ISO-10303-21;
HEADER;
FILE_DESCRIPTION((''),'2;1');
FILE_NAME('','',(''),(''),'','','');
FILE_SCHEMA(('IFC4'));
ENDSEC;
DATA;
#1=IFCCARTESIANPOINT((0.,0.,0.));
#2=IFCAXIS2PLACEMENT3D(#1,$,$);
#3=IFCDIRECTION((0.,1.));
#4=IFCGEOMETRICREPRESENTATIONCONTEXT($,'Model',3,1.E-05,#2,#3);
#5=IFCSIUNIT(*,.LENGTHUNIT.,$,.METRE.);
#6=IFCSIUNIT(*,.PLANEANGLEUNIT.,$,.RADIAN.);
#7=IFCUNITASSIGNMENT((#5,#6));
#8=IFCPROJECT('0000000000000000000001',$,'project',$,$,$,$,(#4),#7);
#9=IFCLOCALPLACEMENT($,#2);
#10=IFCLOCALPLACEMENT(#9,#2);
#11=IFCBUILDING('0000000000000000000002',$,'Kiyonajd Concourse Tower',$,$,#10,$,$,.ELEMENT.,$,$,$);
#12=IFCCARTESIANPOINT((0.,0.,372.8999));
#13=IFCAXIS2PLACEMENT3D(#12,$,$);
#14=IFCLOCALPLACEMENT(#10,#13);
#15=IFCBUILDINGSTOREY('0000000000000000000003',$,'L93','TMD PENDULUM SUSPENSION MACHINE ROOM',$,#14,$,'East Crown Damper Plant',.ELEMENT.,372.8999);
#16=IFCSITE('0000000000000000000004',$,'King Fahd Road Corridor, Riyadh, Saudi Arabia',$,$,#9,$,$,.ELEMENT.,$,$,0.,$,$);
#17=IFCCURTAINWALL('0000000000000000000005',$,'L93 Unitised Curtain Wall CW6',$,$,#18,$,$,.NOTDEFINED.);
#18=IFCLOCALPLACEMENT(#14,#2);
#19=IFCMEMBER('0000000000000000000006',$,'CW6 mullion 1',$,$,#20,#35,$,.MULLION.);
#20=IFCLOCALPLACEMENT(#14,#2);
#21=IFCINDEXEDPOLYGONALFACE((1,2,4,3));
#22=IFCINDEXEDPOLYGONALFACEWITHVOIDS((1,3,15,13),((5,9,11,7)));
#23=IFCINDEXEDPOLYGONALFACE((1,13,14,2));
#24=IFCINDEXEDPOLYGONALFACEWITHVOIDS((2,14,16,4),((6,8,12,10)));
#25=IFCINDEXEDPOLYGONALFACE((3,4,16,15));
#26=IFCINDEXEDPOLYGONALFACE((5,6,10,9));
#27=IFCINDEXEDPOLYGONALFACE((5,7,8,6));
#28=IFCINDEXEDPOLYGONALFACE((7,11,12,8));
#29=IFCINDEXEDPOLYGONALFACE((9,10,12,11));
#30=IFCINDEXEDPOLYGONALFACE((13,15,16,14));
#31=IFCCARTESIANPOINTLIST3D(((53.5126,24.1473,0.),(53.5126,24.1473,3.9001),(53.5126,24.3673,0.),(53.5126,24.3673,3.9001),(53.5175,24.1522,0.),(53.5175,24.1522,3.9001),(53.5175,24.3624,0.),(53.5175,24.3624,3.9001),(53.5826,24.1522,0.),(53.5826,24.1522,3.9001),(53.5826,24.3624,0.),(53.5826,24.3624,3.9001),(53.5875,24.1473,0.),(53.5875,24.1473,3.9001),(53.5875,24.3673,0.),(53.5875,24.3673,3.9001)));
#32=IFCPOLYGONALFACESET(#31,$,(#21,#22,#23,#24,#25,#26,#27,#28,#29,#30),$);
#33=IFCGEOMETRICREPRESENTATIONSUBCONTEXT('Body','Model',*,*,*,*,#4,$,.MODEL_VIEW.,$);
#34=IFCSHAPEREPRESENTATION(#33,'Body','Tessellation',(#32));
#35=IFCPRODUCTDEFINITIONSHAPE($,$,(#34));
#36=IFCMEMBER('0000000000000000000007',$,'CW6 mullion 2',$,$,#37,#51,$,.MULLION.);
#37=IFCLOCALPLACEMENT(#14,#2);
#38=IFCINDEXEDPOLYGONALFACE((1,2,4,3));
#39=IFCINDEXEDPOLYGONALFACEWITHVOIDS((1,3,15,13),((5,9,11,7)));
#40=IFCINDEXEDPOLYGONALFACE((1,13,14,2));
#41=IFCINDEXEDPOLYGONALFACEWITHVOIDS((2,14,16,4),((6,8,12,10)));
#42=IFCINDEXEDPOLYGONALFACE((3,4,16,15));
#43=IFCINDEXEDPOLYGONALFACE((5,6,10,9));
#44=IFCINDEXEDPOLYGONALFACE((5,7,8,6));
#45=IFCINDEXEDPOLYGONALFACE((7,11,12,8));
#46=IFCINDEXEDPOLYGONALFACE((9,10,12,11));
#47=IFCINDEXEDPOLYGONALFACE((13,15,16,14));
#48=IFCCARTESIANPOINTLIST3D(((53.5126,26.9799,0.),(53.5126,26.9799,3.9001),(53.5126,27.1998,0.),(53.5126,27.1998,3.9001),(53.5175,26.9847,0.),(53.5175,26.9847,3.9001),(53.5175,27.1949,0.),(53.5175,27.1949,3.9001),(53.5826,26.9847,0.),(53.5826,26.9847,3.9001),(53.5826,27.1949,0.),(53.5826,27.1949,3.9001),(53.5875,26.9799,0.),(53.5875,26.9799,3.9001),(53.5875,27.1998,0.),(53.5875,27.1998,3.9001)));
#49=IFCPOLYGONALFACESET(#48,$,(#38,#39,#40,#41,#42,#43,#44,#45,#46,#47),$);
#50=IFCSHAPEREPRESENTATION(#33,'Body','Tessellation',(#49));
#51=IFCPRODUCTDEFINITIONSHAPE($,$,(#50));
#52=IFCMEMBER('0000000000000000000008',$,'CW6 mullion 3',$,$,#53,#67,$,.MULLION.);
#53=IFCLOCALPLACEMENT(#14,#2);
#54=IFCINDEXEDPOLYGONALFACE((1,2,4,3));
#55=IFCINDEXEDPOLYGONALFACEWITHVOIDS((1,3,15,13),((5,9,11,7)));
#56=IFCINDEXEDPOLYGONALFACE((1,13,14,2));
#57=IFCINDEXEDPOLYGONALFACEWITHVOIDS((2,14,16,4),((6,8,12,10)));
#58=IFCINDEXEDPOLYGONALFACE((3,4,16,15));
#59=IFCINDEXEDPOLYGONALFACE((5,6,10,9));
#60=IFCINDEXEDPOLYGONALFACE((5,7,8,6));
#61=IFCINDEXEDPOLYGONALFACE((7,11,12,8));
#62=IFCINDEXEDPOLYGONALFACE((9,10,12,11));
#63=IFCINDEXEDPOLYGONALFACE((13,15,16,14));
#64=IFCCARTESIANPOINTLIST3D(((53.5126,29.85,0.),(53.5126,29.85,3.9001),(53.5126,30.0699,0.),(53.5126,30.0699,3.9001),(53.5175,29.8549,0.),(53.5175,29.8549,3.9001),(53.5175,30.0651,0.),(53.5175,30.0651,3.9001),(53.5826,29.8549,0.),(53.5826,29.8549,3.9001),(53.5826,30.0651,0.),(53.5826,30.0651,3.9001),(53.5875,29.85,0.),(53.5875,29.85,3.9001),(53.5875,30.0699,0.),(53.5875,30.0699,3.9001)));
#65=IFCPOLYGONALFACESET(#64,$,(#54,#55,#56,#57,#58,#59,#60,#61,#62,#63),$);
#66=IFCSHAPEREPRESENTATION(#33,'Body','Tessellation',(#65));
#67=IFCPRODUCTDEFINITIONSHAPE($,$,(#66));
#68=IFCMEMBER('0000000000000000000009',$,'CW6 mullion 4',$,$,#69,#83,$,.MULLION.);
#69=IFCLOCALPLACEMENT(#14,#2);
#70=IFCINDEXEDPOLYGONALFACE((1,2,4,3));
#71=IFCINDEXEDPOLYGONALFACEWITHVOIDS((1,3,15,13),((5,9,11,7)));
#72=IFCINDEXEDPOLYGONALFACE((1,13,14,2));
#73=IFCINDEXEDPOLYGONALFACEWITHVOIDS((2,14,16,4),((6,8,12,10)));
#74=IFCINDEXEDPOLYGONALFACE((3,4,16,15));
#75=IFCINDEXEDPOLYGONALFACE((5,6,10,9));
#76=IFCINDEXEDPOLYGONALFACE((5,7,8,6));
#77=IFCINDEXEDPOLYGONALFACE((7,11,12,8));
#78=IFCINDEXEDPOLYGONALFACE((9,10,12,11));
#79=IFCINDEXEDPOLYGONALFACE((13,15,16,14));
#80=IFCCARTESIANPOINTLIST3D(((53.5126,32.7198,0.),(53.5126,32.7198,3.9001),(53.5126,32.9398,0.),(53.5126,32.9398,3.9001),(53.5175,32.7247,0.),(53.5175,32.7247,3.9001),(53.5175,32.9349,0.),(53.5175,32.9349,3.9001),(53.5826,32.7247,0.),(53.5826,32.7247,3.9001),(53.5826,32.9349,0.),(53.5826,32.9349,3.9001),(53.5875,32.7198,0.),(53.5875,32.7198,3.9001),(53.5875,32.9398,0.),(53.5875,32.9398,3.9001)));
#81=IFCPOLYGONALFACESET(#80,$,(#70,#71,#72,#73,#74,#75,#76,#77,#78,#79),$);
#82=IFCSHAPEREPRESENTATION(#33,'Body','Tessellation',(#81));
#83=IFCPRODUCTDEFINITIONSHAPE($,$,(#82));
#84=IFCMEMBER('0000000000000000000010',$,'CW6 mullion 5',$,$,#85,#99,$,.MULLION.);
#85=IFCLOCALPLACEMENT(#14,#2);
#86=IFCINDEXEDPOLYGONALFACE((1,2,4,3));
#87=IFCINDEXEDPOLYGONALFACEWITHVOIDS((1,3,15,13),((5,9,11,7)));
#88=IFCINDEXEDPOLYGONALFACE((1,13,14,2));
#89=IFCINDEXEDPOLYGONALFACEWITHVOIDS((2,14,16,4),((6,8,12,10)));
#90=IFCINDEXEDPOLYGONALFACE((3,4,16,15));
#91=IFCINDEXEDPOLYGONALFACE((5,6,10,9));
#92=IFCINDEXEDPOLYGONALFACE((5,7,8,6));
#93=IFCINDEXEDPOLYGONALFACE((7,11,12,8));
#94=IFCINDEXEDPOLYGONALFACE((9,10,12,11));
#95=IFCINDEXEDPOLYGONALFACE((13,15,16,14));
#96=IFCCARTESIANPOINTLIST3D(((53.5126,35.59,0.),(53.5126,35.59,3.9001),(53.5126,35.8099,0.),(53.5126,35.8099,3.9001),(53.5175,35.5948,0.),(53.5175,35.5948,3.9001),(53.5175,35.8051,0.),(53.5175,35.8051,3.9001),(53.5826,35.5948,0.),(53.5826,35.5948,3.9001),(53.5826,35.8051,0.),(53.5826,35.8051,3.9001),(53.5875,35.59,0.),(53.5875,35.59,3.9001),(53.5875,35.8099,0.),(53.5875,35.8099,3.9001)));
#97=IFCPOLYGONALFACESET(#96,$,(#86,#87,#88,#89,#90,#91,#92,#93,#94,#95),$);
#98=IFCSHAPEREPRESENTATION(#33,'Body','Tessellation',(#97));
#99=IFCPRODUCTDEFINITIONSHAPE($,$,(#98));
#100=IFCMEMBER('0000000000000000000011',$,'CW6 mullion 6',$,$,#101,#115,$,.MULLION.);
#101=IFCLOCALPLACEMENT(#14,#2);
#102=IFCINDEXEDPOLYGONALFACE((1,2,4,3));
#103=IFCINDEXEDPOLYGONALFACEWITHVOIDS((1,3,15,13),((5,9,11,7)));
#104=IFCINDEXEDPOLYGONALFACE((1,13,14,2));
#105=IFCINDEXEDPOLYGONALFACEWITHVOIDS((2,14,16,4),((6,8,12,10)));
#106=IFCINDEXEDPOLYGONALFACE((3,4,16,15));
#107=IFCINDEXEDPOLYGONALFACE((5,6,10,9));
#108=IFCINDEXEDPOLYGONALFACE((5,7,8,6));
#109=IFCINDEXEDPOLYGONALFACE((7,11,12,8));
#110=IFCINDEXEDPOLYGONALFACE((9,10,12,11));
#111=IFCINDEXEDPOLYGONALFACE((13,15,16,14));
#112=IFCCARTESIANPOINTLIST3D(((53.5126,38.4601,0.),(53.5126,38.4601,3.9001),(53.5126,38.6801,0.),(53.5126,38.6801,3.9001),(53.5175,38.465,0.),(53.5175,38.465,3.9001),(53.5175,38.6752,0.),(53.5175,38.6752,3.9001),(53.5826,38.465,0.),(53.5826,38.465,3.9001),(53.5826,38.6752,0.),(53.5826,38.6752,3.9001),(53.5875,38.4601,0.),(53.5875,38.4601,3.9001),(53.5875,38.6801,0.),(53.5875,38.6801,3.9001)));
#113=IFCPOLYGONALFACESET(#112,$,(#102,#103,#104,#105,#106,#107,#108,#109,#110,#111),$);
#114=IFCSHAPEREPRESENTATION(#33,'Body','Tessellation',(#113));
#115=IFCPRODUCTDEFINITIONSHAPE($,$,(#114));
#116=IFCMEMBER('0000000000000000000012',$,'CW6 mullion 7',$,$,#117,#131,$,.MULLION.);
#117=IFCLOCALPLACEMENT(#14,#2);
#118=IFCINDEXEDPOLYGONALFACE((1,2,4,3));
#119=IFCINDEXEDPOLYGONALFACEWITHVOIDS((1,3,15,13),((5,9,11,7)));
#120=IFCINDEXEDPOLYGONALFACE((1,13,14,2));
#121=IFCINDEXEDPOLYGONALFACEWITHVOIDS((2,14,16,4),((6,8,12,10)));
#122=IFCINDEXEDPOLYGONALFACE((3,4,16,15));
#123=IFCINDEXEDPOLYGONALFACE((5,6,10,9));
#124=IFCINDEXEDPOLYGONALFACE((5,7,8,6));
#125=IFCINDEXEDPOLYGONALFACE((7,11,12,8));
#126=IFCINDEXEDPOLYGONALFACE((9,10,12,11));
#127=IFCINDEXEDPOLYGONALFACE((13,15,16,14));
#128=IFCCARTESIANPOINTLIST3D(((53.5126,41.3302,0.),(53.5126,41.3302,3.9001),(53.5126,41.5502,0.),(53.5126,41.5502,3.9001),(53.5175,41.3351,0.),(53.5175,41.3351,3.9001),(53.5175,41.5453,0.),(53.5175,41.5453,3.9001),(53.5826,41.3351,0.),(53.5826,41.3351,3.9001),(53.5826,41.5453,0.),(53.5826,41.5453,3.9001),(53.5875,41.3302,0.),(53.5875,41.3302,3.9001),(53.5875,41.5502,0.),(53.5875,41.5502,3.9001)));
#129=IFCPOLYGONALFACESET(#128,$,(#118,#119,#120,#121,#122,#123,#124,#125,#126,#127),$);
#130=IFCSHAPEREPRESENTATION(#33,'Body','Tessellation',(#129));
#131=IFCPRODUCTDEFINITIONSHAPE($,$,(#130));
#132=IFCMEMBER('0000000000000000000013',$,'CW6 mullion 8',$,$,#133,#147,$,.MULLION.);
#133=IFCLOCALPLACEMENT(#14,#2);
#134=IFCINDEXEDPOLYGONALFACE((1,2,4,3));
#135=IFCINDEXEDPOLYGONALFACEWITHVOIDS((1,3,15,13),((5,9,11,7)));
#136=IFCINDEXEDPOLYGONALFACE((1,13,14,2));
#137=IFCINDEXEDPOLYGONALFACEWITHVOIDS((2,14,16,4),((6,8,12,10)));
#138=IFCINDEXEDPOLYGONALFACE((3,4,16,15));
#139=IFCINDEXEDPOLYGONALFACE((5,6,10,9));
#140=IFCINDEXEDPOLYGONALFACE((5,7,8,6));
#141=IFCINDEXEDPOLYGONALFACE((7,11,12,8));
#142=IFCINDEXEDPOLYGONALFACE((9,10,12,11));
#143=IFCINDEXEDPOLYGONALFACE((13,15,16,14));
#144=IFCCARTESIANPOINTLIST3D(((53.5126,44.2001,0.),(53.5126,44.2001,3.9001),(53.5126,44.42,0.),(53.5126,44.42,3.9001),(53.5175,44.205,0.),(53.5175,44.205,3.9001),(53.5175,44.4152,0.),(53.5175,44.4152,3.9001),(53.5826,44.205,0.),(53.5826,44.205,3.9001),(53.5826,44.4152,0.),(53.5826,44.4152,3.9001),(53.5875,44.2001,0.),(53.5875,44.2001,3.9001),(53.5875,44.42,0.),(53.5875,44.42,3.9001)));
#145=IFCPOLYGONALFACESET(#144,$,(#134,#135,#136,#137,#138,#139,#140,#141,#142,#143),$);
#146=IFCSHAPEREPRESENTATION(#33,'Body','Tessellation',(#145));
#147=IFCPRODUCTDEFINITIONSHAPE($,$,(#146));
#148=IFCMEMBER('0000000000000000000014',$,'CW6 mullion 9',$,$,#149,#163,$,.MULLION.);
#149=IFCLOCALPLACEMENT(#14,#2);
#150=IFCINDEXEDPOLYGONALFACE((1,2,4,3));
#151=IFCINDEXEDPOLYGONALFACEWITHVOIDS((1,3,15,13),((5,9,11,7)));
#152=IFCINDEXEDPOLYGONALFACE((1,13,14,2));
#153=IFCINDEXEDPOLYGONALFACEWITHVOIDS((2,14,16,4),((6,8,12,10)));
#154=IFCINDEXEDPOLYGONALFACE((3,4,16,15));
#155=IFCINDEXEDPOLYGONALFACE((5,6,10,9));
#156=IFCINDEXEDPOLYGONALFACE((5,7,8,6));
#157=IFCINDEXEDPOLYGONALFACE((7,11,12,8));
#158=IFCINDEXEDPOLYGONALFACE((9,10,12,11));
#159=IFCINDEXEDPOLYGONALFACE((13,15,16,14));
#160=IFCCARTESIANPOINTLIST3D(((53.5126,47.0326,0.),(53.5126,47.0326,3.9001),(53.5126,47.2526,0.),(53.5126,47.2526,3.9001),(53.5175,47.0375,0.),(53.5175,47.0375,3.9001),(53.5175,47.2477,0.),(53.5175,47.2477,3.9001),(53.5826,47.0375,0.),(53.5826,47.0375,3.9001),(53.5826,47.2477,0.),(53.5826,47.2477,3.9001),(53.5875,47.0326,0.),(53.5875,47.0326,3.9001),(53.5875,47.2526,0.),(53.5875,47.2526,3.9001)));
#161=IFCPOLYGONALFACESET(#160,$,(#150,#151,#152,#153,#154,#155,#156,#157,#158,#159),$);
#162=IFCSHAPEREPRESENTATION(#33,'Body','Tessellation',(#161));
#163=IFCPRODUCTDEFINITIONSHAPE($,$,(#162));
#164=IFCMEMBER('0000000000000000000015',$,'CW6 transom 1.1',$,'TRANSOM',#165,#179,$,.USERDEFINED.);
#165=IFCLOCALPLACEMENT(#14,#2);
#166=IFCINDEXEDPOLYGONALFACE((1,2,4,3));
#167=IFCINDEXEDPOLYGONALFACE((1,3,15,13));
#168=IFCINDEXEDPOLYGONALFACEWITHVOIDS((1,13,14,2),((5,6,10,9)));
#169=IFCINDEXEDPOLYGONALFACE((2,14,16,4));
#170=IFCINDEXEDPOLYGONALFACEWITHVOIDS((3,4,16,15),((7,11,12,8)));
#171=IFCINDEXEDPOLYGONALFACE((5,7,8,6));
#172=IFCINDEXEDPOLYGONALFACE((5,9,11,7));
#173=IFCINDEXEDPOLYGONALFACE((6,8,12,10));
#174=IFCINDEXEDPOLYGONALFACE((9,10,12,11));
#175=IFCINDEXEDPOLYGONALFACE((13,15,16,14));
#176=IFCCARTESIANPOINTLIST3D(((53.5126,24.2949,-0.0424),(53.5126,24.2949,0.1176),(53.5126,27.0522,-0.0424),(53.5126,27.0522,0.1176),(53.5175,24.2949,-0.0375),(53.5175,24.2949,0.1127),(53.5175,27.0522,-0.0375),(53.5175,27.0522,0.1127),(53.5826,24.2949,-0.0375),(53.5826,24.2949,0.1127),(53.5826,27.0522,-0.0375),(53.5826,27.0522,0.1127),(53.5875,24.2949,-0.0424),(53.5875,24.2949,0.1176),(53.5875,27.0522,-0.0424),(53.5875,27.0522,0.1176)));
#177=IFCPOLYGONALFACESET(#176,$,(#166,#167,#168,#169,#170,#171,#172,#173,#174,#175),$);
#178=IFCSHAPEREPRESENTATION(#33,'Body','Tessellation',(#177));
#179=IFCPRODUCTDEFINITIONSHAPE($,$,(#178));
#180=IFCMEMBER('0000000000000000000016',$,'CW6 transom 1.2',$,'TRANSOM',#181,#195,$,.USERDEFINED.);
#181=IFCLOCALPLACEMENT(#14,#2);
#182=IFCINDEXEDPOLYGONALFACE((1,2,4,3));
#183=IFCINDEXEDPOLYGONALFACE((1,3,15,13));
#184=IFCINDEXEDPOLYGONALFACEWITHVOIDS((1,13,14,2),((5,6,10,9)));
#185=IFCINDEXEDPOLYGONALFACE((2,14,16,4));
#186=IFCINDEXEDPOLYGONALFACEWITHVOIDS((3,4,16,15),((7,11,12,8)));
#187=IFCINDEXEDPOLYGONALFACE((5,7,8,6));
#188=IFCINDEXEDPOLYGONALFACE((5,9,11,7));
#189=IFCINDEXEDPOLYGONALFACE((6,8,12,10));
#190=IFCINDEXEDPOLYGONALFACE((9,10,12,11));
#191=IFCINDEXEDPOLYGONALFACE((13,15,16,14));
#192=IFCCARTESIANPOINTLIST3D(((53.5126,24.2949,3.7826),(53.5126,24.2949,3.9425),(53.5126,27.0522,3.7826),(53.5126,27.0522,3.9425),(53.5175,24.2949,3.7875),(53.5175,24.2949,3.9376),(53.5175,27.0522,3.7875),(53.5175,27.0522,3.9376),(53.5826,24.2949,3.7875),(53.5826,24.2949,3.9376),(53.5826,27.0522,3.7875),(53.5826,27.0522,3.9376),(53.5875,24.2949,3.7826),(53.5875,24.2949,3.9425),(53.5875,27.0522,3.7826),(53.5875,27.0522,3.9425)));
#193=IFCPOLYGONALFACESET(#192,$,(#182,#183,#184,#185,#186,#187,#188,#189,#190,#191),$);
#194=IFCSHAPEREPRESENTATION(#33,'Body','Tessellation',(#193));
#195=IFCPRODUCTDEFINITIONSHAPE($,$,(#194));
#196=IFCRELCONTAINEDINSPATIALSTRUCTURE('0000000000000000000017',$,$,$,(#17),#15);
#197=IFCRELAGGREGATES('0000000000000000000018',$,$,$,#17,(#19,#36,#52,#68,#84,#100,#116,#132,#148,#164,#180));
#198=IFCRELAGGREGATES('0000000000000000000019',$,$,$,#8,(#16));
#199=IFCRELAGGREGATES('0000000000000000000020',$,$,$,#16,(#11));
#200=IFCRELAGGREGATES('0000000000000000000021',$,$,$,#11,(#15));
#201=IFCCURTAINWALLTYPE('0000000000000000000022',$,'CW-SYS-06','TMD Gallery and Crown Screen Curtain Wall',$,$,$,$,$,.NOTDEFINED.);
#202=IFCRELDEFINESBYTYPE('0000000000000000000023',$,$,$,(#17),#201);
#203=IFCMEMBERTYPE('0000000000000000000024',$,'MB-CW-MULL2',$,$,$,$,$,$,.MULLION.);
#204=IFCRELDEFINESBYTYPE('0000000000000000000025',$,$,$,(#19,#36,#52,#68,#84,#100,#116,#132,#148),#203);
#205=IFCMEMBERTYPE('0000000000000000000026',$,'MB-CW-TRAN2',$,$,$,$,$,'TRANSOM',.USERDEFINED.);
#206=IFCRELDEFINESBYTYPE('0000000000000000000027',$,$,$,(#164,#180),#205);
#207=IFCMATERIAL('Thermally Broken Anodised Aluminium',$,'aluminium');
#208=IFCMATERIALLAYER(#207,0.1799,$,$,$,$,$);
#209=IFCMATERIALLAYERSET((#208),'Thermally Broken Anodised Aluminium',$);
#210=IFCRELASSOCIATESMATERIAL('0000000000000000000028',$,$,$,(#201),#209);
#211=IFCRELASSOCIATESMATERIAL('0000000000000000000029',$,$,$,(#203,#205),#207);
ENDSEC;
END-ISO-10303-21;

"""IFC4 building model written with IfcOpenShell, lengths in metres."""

from ifc_helpers import new_model, si_unit, direction, frame, origin, origin_2d, place, context, subcontext, project, spatial, hollow_rectangle, extrude, material, layer, layer_set, material_profile, profile_set, type_object, element, aggregate, save


model = new_model("IFC4")

# Units and contexts
model_context = context("Model", 3, precision=1e-05, world=origin(), true_north=direction((0.0, 1.0)))
body_context = subcontext(model_context, "Body", "Model", "MODEL_VIEW")
ifc_project = project(units=[si_unit("LENGTHUNIT", "METRE"), si_unit("PLANEANGLEUNIT", "RADIAN")], contexts=[model_context])

# Site, building, storey
site_placement = place(None, origin())
site = spatial("IfcSite", under=ifc_project, at=site_placement, Name="King Fahd Road Corridor, Riyadh, Saudi Arabia", CompositionType="ELEMENT", RefElevation=0.0)
building_placement = place(site_placement, origin())
building = spatial("IfcBuilding", under=site, at=building_placement, Name="Kiyonajd Concourse Tower", CompositionType="ELEMENT")
storey_placement = place(building_placement, frame((0.0, 0.0, 372.8999)))
storey = spatial("IfcBuildingStorey", under=building, at=storey_placement, Name="L93", Description="TMD PENDULUM SUSPENSION MACHINE ROOM", LongName="East Crown Damper Plant", CompositionType="ELEMENT", Elevation=372.8999)

# Curtain wall, members
ifc_material_1 = material(Name="Thermally Broken Anodised Aluminium", Category="aluminium")
ifc_layer_1 = layer(ifc_material_1, 0.1799)
ifc_layer_set_1 = layer_set([ifc_layer_1], Name="Thermally Broken Anodised Aluminium")
curtain_wall_type = type_object("IfcCurtainWallType", Name="CW-SYS-06", Description="TMD Gallery and Crown Screen Curtain Wall", PredefinedType="NOTDEFINED", material=ifc_layer_set_1)
curtain_wall_placement = place(storey_placement, origin())
curtain_wall = element("IfcCurtainWall", 1, at=curtain_wall_placement, inside=storey, type_object=curtain_wall_type, Name="L93 Unitised Curtain Wall CW6", PredefinedType="NOTDEFINED")
ifc_material_profile_1 = material_profile(ifc_material_1, hollow_rectangle(XDim=0.075, YDim=0.22, WallThickness=0.0049, at=origin_2d()), Name="MULL-75x220")
ifc_profile_set_1 = profile_set([ifc_material_profile_1], Name="Thermally Broken Anodised Aluminium")
member_type_1 = type_object("IfcMemberType", Name="MB-CW-MULL2", PredefinedType="MULLION", material=ifc_profile_set_1)
member_1_placement = place(storey_placement, frame((53.55, 24.2573, 0.0), z_axis=(0.0, 0.0, 1.0), x_axis=(-1.0, 0.0, 0.0)))
member_1 = element("IfcMember", 2, at=member_1_placement, type_object=member_type_1, Name="CW6 mullion 1", PredefinedType="MULLION", context=body_context, shape_type="SweptSolid", body=[
    extrude(hollow_rectangle(XDim=0.075, YDim=0.22, WallThickness=0.0049, at=origin_2d()), origin(), (0.0, 0.0, 1.0), 3.9001),
])
member_2_placement = place(storey_placement, frame((53.55, 27.0898, 0.0), z_axis=(0.0, 0.0, 1.0), x_axis=(-1.0, 0.0, 0.0)))
member_2 = element("IfcMember", 3, at=member_2_placement, type_object=member_type_1, Name="CW6 mullion 2", PredefinedType="MULLION", context=body_context, shape_type="SweptSolid", body=[
    extrude(hollow_rectangle(XDim=0.075, YDim=0.22, WallThickness=0.0049, at=origin_2d()), origin(), (0.0, 0.0, 1.0), 3.9001),
])
member_3_placement = place(storey_placement, frame((53.55, 29.96, 0.0), z_axis=(0.0, 0.0, 1.0), x_axis=(-1.0, 0.0, 0.0)))
member_3 = element("IfcMember", 4, at=member_3_placement, type_object=member_type_1, Name="CW6 mullion 3", PredefinedType="MULLION", context=body_context, shape_type="SweptSolid", body=[
    extrude(hollow_rectangle(XDim=0.075, YDim=0.22, WallThickness=0.0049, at=origin_2d()), origin(), (0.0, 0.0, 1.0), 3.9001),
])
member_4_placement = place(storey_placement, frame((53.55, 32.8298, 0.0), z_axis=(0.0, 0.0, 1.0), x_axis=(-1.0, 0.0, 0.0)))
member_4 = element("IfcMember", 5, at=member_4_placement, type_object=member_type_1, Name="CW6 mullion 4", PredefinedType="MULLION", context=body_context, shape_type="SweptSolid", body=[
    extrude(hollow_rectangle(XDim=0.075, YDim=0.22, WallThickness=0.0049, at=origin_2d()), origin(), (0.0, 0.0, 1.0), 3.9001),
])
member_5_placement = place(storey_placement, frame((53.55, 35.7, 0.0), z_axis=(0.0, 0.0, 1.0), x_axis=(-1.0, 0.0, 0.0)))
member_5 = element("IfcMember", 6, at=member_5_placement, type_object=member_type_1, Name="CW6 mullion 5", PredefinedType="MULLION", context=body_context, shape_type="SweptSolid", body=[
    extrude(hollow_rectangle(XDim=0.075, YDim=0.22, WallThickness=0.0049, at=origin_2d()), origin(), (0.0, 0.0, 1.0), 3.9001),
])
member_6_placement = place(storey_placement, frame((53.55, 38.5701, 0.0), z_axis=(0.0, 0.0, 1.0), x_axis=(-1.0, 0.0, 0.0)))
member_6 = element("IfcMember", 7, at=member_6_placement, type_object=member_type_1, Name="CW6 mullion 6", PredefinedType="MULLION", context=body_context, shape_type="SweptSolid", body=[
    extrude(hollow_rectangle(XDim=0.075, YDim=0.22, WallThickness=0.0049, at=origin_2d()), origin(), (0.0, 0.0, 1.0), 3.9001),
])
member_7_placement = place(storey_placement, frame((53.55, 41.4402, 0.0), z_axis=(0.0, 0.0, 1.0), x_axis=(-1.0, 0.0, 0.0)))
member_7 = element("IfcMember", 8, at=member_7_placement, type_object=member_type_1, Name="CW6 mullion 7", PredefinedType="MULLION", context=body_context, shape_type="SweptSolid", body=[
    extrude(hollow_rectangle(XDim=0.075, YDim=0.22, WallThickness=0.0049, at=origin_2d()), origin(), (0.0, 0.0, 1.0), 3.9001),
])
member_8_placement = place(storey_placement, frame((53.55, 44.3101, 0.0), z_axis=(0.0, 0.0, 1.0), x_axis=(-1.0, 0.0, 0.0)))
member_8 = element("IfcMember", 9, at=member_8_placement, type_object=member_type_1, Name="CW6 mullion 8", PredefinedType="MULLION", context=body_context, shape_type="SweptSolid", body=[
    extrude(hollow_rectangle(XDim=0.075, YDim=0.22, WallThickness=0.0049, at=origin_2d()), origin(), (0.0, 0.0, 1.0), 3.9001),
])
member_9_placement = place(storey_placement, frame((53.55, 47.1426, 0.0), z_axis=(0.0, 0.0, 1.0), x_axis=(-1.0, 0.0, 0.0)))
member_9 = element("IfcMember", 10, at=member_9_placement, type_object=member_type_1, Name="CW6 mullion 9", PredefinedType="MULLION", context=body_context, shape_type="SweptSolid", body=[
    extrude(hollow_rectangle(XDim=0.075, YDim=0.22, WallThickness=0.0049, at=origin_2d()), origin(), (0.0, 0.0, 1.0), 3.9001),
])
ifc_material_profile_2 = material_profile(ifc_material_1, hollow_rectangle(XDim=0.075, YDim=0.1599, WallThickness=0.0049, at=origin_2d()), Name="TRAN-75x160")
ifc_profile_set_2 = profile_set([ifc_material_profile_2], Name="Thermally Broken Anodised Aluminium")
member_type_2 = type_object("IfcMemberType", Name="MB-CW-TRAN2", ElementType="TRANSOM", PredefinedType="USERDEFINED", material=ifc_profile_set_2)
member_10_placement = place(storey_placement, frame((53.55, 24.2949, 0.0376), z_axis=(0.0, 1.0, 0.0), x_axis=(-1.0, 0.0, 0.0)))
member_10 = element("IfcMember", 11, at=member_10_placement, type_object=member_type_2, Name="CW6 transom 1.1", ObjectType="TRANSOM", PredefinedType="USERDEFINED", context=body_context, shape_type="SweptSolid", body=[
    extrude(hollow_rectangle(XDim=0.075, YDim=0.1599, WallThickness=0.0049, at=origin_2d()), origin(), (0.0, 0.0, 1.0), 2.7573),
])
member_11_placement = place(storey_placement, frame((53.55, 24.2949, 3.8625), z_axis=(0.0, 1.0, 0.0), x_axis=(-1.0, 0.0, 0.0)))
member_11 = element("IfcMember", 12, at=member_11_placement, type_object=member_type_2, Name="CW6 transom 1.2", ObjectType="TRANSOM", PredefinedType="USERDEFINED", context=body_context, shape_type="SweptSolid", body=[
    extrude(hollow_rectangle(XDim=0.075, YDim=0.1599, WallThickness=0.0049, at=origin_2d()), origin(), (0.0, 0.0, 1.0), 2.7573),
])
aggregate(curtain_wall, [member_1, member_2, member_3, member_4, member_5, member_6, member_7, member_8, member_9, member_10, member_11])

save(model, "model.ifc")
